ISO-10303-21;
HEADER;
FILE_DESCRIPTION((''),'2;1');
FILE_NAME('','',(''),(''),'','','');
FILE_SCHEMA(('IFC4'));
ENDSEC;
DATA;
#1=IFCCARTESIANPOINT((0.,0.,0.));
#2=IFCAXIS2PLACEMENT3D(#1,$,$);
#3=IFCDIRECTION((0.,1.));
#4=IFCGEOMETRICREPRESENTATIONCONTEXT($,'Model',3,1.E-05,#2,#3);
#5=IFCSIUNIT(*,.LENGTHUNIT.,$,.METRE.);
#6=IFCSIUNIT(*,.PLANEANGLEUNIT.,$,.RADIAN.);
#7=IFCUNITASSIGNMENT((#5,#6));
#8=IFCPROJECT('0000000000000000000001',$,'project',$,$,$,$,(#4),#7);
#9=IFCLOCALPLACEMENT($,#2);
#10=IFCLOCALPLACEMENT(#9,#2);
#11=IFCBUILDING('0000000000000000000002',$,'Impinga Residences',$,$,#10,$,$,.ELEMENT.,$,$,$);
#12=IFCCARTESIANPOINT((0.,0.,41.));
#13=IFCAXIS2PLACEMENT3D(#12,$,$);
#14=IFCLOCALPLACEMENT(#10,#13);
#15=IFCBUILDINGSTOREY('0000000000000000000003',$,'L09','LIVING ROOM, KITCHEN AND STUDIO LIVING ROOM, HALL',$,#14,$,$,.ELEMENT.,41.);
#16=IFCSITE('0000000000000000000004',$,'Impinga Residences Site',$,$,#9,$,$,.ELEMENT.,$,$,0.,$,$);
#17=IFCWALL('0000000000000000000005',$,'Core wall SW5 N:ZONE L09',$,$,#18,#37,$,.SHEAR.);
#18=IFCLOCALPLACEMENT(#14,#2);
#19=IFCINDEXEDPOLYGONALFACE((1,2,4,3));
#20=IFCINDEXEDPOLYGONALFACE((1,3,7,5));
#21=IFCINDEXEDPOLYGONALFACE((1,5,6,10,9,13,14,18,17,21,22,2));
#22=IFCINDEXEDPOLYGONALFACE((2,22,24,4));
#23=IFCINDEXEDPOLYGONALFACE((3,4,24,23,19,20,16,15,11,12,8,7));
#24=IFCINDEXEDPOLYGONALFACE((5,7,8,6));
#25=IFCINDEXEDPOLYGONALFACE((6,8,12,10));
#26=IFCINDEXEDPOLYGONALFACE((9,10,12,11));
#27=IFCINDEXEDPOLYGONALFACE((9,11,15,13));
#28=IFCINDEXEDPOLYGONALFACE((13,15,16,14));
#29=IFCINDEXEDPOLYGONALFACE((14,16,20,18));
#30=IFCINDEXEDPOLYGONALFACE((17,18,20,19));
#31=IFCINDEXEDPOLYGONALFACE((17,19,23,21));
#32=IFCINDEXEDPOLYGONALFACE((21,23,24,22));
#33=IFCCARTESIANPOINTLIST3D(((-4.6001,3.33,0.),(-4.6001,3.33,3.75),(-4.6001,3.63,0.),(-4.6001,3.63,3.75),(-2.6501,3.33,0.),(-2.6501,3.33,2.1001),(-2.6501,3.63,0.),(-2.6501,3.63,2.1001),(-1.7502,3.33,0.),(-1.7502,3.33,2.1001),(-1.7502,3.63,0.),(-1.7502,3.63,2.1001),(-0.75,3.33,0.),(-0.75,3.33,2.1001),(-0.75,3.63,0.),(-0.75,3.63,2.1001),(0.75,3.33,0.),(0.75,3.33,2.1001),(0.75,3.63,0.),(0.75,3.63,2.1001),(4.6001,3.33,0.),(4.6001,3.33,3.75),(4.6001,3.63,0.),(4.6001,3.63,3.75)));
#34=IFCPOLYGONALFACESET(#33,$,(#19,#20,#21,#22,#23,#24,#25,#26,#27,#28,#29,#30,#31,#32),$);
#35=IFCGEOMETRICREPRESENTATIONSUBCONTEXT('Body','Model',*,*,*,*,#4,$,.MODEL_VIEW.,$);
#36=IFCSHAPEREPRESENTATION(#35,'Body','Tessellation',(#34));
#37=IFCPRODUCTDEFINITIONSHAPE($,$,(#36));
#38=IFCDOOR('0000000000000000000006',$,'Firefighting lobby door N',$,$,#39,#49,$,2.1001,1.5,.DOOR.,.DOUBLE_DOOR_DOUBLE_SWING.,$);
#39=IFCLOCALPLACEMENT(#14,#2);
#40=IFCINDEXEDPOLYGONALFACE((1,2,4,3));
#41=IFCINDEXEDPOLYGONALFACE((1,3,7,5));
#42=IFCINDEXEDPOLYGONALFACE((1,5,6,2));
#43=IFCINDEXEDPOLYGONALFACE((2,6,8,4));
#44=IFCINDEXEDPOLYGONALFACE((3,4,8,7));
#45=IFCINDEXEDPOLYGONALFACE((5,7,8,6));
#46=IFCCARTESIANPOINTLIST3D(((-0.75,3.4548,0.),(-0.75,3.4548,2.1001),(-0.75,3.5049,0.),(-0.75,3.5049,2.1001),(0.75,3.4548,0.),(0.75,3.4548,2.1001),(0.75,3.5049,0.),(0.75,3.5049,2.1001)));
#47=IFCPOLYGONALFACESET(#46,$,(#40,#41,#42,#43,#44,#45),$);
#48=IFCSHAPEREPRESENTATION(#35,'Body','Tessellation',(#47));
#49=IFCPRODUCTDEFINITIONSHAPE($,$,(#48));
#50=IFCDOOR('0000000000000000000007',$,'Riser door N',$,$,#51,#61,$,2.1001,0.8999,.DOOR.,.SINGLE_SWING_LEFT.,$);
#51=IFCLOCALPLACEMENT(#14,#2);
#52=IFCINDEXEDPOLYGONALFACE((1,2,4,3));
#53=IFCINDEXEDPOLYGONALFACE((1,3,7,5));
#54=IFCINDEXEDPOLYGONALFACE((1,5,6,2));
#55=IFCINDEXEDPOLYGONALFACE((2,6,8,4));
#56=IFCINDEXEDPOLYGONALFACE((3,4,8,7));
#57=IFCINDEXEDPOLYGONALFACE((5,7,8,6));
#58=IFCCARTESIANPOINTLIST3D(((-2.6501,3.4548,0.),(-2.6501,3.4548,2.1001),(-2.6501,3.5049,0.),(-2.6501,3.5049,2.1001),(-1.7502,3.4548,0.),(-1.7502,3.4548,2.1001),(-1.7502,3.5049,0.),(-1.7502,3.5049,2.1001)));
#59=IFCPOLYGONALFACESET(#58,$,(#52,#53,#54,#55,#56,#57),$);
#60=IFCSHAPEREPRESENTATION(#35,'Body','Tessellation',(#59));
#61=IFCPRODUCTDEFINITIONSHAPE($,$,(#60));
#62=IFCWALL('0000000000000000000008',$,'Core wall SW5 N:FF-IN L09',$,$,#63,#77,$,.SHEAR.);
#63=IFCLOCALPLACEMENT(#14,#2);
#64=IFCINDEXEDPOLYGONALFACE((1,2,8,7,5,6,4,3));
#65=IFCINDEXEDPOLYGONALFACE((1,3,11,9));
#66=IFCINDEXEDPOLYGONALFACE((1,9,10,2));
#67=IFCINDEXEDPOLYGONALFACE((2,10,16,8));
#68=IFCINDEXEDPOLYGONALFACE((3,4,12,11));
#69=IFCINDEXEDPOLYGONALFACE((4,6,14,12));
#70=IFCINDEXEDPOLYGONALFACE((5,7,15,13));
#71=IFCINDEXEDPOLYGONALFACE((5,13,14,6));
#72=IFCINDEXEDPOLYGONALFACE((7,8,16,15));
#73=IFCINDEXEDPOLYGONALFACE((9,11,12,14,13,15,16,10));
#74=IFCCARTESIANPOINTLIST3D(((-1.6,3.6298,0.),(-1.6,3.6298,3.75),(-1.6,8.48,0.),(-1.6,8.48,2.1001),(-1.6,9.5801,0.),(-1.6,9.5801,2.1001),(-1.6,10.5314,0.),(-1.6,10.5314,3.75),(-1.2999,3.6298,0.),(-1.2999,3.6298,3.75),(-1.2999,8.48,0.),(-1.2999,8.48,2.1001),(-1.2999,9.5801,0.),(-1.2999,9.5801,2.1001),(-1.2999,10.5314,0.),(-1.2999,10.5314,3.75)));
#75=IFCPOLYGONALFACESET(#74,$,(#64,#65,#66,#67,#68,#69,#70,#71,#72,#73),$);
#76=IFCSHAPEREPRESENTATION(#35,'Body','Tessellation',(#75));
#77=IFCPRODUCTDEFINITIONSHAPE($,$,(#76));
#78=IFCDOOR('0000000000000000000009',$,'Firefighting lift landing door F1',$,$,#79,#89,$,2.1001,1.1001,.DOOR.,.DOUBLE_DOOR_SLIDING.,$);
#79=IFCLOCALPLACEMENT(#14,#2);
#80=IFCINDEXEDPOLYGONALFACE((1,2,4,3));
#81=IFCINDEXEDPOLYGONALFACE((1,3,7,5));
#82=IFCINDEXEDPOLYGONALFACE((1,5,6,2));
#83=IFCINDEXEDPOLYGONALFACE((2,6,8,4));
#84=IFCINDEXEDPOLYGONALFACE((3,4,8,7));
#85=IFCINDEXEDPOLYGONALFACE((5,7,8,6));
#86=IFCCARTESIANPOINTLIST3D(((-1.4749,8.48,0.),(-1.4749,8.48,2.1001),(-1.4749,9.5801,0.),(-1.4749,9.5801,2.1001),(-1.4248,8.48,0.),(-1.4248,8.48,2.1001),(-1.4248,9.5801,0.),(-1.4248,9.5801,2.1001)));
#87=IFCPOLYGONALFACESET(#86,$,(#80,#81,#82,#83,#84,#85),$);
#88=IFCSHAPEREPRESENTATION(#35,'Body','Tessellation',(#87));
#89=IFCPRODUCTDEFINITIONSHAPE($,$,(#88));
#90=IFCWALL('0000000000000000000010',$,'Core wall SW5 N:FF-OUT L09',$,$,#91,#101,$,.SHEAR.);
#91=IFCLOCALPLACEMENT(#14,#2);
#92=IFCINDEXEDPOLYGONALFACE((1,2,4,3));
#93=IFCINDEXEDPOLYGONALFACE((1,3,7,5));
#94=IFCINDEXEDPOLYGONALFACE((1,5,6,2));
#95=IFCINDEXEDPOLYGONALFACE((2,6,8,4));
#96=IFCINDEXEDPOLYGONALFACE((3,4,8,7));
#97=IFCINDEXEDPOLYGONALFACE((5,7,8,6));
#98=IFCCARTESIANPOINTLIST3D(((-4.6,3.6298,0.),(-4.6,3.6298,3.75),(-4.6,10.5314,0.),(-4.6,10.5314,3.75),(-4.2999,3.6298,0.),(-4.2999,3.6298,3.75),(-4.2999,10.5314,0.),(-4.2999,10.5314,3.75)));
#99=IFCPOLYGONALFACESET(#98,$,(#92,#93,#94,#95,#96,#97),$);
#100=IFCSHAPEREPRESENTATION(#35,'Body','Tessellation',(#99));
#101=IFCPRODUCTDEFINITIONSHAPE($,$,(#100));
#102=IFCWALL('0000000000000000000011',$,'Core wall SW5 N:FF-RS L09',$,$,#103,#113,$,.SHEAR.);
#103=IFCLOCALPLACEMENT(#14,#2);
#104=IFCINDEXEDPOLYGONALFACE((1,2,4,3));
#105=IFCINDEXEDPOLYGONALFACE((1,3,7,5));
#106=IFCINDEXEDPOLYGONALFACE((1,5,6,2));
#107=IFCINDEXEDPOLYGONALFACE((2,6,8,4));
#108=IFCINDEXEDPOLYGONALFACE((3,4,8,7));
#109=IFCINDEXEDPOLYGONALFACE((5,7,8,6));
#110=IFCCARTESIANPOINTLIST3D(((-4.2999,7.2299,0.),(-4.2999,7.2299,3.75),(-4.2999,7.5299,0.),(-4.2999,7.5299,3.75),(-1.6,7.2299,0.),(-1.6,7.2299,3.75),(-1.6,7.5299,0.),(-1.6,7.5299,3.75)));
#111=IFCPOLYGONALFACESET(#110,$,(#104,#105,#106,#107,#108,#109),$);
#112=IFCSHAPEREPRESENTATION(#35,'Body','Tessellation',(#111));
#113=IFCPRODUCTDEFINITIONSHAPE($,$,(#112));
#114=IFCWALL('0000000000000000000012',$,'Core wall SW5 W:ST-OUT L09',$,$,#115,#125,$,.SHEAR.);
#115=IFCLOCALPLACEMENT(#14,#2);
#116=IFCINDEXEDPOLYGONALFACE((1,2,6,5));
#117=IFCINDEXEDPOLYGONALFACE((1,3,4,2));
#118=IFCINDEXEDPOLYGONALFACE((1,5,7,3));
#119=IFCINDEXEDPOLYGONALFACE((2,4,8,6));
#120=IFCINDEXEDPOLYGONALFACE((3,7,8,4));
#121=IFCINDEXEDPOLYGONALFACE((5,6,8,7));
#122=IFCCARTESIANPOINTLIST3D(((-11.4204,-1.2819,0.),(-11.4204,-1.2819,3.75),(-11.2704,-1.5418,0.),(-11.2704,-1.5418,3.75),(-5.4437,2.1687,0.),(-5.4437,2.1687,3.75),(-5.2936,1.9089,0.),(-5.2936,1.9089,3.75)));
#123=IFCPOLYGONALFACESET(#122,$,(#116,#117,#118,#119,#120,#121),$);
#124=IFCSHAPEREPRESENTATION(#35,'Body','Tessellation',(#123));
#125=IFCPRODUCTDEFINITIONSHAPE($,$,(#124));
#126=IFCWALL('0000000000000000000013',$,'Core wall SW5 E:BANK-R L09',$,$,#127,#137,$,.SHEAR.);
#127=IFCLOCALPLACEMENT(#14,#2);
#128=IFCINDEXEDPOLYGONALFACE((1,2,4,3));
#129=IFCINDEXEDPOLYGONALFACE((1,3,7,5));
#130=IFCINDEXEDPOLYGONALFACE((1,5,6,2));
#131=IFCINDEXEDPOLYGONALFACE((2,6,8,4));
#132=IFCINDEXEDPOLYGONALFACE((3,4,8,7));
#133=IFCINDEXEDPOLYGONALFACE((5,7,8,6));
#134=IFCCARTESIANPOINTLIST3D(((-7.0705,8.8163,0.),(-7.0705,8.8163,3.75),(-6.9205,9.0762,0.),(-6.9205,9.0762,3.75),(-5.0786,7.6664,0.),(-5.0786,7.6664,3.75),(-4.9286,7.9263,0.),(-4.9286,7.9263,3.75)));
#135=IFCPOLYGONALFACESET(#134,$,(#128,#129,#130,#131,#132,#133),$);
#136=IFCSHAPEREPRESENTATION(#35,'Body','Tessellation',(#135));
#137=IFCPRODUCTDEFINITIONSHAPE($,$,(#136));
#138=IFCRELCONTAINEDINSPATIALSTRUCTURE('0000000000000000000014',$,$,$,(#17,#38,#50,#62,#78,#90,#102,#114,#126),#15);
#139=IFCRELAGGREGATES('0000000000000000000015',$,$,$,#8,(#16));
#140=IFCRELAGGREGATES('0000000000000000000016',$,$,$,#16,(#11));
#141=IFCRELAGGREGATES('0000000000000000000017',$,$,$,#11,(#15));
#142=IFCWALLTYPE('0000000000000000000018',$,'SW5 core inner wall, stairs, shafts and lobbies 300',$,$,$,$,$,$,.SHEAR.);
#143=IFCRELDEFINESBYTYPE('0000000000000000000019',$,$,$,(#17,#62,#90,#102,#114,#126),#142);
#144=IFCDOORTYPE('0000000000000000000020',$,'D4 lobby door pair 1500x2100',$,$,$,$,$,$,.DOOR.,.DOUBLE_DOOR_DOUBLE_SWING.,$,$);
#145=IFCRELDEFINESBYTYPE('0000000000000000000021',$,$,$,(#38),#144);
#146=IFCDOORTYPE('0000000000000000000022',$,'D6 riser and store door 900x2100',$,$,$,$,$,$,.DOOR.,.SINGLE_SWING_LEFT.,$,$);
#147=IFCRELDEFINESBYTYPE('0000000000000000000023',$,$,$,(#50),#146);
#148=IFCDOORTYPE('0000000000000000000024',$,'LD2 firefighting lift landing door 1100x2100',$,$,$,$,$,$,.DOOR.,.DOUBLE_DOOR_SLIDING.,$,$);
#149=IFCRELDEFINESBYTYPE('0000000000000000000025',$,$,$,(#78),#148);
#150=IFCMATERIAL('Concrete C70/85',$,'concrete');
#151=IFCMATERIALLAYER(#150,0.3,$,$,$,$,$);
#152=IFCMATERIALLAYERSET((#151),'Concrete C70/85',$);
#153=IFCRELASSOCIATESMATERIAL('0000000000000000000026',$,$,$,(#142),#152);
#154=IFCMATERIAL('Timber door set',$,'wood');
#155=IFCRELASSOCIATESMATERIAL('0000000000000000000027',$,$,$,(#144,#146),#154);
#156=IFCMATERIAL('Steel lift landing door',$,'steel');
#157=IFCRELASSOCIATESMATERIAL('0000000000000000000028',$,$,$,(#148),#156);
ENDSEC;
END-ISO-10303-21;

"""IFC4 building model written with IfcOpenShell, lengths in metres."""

from ifc_helpers import new_model, si_unit, direction, frame, frame_2d, origin, place, context, subcontext, project, spatial, rectangle, extrude, material, layer, layer_set, type_object, element, fill, save


model = new_model("IFC4")

# Units and contexts
model_context = context("Model", 3, precision=1e-05, world=origin(), true_north=direction((0.0, 1.0)))
body_context = subcontext(model_context, "Body", "Model", "MODEL_VIEW")
ifc_project = project(units=[si_unit("LENGTHUNIT", "METRE"), si_unit("PLANEANGLEUNIT", "RADIAN")], contexts=[model_context])

# Site, building, storey
site_placement = place(None, origin())
site = spatial("IfcSite", under=ifc_project, at=site_placement, Name="Impinga Residences Site", CompositionType="ELEMENT", RefElevation=0.0)
building_placement = place(site_placement, origin())
building = spatial("IfcBuilding", under=site, at=building_placement, Name="Impinga Residences", CompositionType="ELEMENT")
storey_placement = place(building_placement, frame((0.0, 0.0, 41.0)))
storey = spatial("IfcBuildingStorey", under=building, at=storey_placement, Name="L09", Description="LIVING ROOM, KITCHEN AND STUDIO LIVING ROOM, HALL", CompositionType="ELEMENT", Elevation=41.0)

# Shared definitions
ifc_material_1 = material(Name="Concrete C70/85", Category="concrete")
ifc_material_2 = material(Name="Timber door set", Category="wood")

# Wall, openings, doors
ifc_layer_1 = layer(ifc_material_1, 0.3)
ifc_layer_set_1 = layer_set([ifc_layer_1], Name="Concrete C70/85")
wall_type_1 = type_object("IfcWallType", Name="SW5 core inner wall, stairs, shafts and lobbies 300", PredefinedType="SHEAR", material=ifc_layer_set_1)
wall_1_placement = place(storey_placement, frame((-4.6001, 3.48, 0.0), z_axis=(0.0, 0.0, 1.0), x_axis=(1.0, 0.0, 0.0)))
wall_1 = element("IfcWall", 1, at=wall_1_placement, inside=storey, type_object=wall_type_1, Name="Core wall SW5 N:ZONE L09", PredefinedType="SHEAR", context=body_context, shape_type="SweptSolid", body=[
    extrude(rectangle(XDim=9.2002, YDim=0.3, at=frame_2d((4.6001, 0.0))), origin(), (0.0, 0.0, 1.0), 3.75),
])
opening_1_placement = place(wall_1_placement, frame((3.8501, 0.0, 0.0)))
opening_1 = element("IfcOpeningElement", 2, at=opening_1_placement, cuts=wall_1, PredefinedType="OPENING", context=body_context, shape_type="SweptSolid", body=[
    extrude(rectangle(XDim=1.5, YDim=2.1001, at=frame_2d((0.75, 1.05))), frame((0.0, 0.1599, 0.0), z_axis=(0.0, -1.0, 0.0), x_axis=(1.0, 0.0, 0.0)), (0.0, 0.0, 1.0), 0.3201),
])
opening_2_placement = place(wall_1_placement, frame((1.95, 0.0, 0.0)))
opening_2 = element("IfcOpeningElement", 3, at=opening_2_placement, cuts=wall_1, PredefinedType="OPENING", context=body_context, shape_type="SweptSolid", body=[
    extrude(rectangle(XDim=0.8999, YDim=2.1001, at=frame_2d((0.45, 1.05))), frame((0.0, 0.1599, 0.0), z_axis=(0.0, -1.0, 0.0), x_axis=(1.0, 0.0, 0.0)), (0.0, 0.0, 1.0), 0.3201),
])
door_type_1 = type_object("IfcDoorType", Name="D4 lobby door pair 1500x2100", OperationType="DOUBLE_DOOR_DOUBLE_SWING", PredefinedType="DOOR", material=ifc_material_2)
door_1_placement = place(opening_1_placement, origin())
door_1 = element("IfcDoor", 4, at=door_1_placement, inside=storey, type_object=door_type_1, Name="Firefighting lobby door N", OperationType="DOUBLE_DOOR_DOUBLE_SWING", OverallHeight=2.1001, OverallWidth=1.5, PredefinedType="DOOR", context=body_context, shape_type="SweptSolid", body=[
    extrude(rectangle(XDim=1.5, YDim=2.1001, at=frame_2d((0.75, 1.05))), frame((0.0, 0.0249, 0.0), z_axis=(0.0, -1.0, 0.0), x_axis=(1.0, 0.0, 0.0)), (0.0, 0.0, 1.0), 0.05),
])
fill(opening_1, door_1)
door_type_2 = type_object("IfcDoorType", Name="D6 riser and store door 900x2100", OperationType="SINGLE_SWING_LEFT", PredefinedType="DOOR", material=ifc_material_2)
door_2_placement = place(opening_2_placement, origin())
door_2 = element("IfcDoor", 5, at=door_2_placement, inside=storey, type_object=door_type_2, Name="Riser door N", OperationType="SINGLE_SWING_LEFT", OverallHeight=2.1001, OverallWidth=0.8999, PredefinedType="DOOR", context=body_context, shape_type="SweptSolid", body=[
    extrude(rectangle(XDim=0.8999, YDim=2.1001, at=frame_2d((0.45, 1.05))), frame((0.0, 0.0249, 0.0), z_axis=(0.0, -1.0, 0.0), x_axis=(1.0, 0.0, 0.0)), (0.0, 0.0, 1.0), 0.05),
])
fill(opening_2, door_2)

# Wall, opening, door
wall_2_placement = place(storey_placement, frame((-1.45, 3.6299, 0.0), z_axis=(0.0, 0.0, 1.0), x_axis=(0.0, 1.0, 0.0)))
wall_2 = element("IfcWall", 6, at=wall_2_placement, inside=storey, type_object=wall_type_1, Name="Core wall SW5 N:FF-IN L09", PredefinedType="SHEAR", context=body_context, shape_type="SweptSolid", body=[
    extrude(rectangle(XDim=6.9016, YDim=0.3, at=frame_2d((3.4507, 0.0))), origin(), (0.0, 0.0, 1.0), 3.75),
])
opening_3_placement = place(wall_2_placement, frame((4.8501, 0.0, 0.0)))
opening_3 = element("IfcOpeningElement", 7, at=opening_3_placement, cuts=wall_2, PredefinedType="OPENING", context=body_context, shape_type="SweptSolid", body=[
    extrude(rectangle(XDim=1.1001, YDim=2.1001, at=frame_2d((0.55, 1.05))), frame((0.0, 0.1599, 0.0), z_axis=(0.0, -1.0, 0.0), x_axis=(1.0, 0.0, 0.0)), (0.0, 0.0, 1.0), 0.3201),
])
ifc_material_3 = material(Name="Steel lift landing door", Category="steel")
door_type_3 = type_object("IfcDoorType", Name="LD2 firefighting lift landing door 1100x2100", OperationType="DOUBLE_DOOR_SLIDING", PredefinedType="DOOR", material=ifc_material_3)
door_3_placement = place(opening_3_placement, origin())
door_3 = element("IfcDoor", 8, at=door_3_placement, inside=storey, type_object=door_type_3, Name="Firefighting lift landing door F1", OperationType="DOUBLE_DOOR_SLIDING", OverallHeight=2.1001, OverallWidth=1.1001, PredefinedType="DOOR", context=body_context, shape_type="SweptSolid", body=[
    extrude(rectangle(XDim=1.1001, YDim=2.1001, at=frame_2d((0.55, 1.05))), frame((0.0, 0.0249, 0.0), z_axis=(0.0, -1.0, 0.0), x_axis=(1.0, 0.0, 0.0)), (0.0, 0.0, 1.0), 0.05),
])
fill(opening_3, door_3)

# Walls
wall_3_placement = place(storey_placement, frame((-4.45, 3.6299, 0.0), z_axis=(0.0, 0.0, 1.0), x_axis=(0.0, 1.0, 0.0)))
element("IfcWall", 9, at=wall_3_placement, inside=storey, type_object=wall_type_1, Name="Core wall SW5 N:FF-OUT L09", PredefinedType="SHEAR", context=body_context, shape_type="SweptSolid", body=[
    extrude(rectangle(XDim=6.9016, YDim=0.3, at=frame_2d((3.4507, 0.0))), origin(), (0.0, 0.0, 1.0), 3.75),
])
wall_4_placement = place(storey_placement, frame((-4.3, 7.3799, 0.0), z_axis=(0.0, 0.0, 1.0), x_axis=(1.0, 0.0, 0.0)))
element("IfcWall", 10, at=wall_4_placement, inside=storey, type_object=wall_type_1, Name="Core wall SW5 N:FF-RS L09", PredefinedType="SHEAR", context=body_context, shape_type="SweptSolid", body=[
    extrude(rectangle(XDim=2.7, YDim=0.3, at=frame_2d((1.3501, 0.0))), origin(), (0.0, 0.0, 1.0), 3.75),
])
wall_5_placement = place(storey_placement, frame((-5.3687, 2.0388, 0.0), z_axis=(0.0, 0.0, 1.0), x_axis=(-0.866027, -0.499997, 0.0)))
element("IfcWall", 11, at=wall_5_placement, inside=storey, type_object=wall_type_1, Name="Core wall SW5 W:ST-OUT L09", PredefinedType="SHEAR", context=body_context, shape_type="SweptSolid", body=[
    extrude(rectangle(XDim=6.9014, YDim=0.3, at=frame_2d((3.4507, 0.0))), origin(), (0.0, 0.0, 1.0), 3.75),
])
wall_6_placement = place(storey_placement, frame((-5.0037, 7.7964, 0.0), z_axis=(0.0, 0.0, 1.0), x_axis=(-0.866053, 0.499952, 0.0)))
element("IfcWall", 12, at=wall_6_placement, inside=storey, type_object=wall_type_1, Name="Core wall SW5 E:BANK-R L09", PredefinedType="SHEAR", context=body_context, shape_type="SweptSolid", body=[
    extrude(rectangle(XDim=2.3, YDim=0.3, at=frame_2d((1.1499, 0.0))), origin(), (0.0, 0.0, 1.0), 3.75),
])

save(model, "model.ifc")
